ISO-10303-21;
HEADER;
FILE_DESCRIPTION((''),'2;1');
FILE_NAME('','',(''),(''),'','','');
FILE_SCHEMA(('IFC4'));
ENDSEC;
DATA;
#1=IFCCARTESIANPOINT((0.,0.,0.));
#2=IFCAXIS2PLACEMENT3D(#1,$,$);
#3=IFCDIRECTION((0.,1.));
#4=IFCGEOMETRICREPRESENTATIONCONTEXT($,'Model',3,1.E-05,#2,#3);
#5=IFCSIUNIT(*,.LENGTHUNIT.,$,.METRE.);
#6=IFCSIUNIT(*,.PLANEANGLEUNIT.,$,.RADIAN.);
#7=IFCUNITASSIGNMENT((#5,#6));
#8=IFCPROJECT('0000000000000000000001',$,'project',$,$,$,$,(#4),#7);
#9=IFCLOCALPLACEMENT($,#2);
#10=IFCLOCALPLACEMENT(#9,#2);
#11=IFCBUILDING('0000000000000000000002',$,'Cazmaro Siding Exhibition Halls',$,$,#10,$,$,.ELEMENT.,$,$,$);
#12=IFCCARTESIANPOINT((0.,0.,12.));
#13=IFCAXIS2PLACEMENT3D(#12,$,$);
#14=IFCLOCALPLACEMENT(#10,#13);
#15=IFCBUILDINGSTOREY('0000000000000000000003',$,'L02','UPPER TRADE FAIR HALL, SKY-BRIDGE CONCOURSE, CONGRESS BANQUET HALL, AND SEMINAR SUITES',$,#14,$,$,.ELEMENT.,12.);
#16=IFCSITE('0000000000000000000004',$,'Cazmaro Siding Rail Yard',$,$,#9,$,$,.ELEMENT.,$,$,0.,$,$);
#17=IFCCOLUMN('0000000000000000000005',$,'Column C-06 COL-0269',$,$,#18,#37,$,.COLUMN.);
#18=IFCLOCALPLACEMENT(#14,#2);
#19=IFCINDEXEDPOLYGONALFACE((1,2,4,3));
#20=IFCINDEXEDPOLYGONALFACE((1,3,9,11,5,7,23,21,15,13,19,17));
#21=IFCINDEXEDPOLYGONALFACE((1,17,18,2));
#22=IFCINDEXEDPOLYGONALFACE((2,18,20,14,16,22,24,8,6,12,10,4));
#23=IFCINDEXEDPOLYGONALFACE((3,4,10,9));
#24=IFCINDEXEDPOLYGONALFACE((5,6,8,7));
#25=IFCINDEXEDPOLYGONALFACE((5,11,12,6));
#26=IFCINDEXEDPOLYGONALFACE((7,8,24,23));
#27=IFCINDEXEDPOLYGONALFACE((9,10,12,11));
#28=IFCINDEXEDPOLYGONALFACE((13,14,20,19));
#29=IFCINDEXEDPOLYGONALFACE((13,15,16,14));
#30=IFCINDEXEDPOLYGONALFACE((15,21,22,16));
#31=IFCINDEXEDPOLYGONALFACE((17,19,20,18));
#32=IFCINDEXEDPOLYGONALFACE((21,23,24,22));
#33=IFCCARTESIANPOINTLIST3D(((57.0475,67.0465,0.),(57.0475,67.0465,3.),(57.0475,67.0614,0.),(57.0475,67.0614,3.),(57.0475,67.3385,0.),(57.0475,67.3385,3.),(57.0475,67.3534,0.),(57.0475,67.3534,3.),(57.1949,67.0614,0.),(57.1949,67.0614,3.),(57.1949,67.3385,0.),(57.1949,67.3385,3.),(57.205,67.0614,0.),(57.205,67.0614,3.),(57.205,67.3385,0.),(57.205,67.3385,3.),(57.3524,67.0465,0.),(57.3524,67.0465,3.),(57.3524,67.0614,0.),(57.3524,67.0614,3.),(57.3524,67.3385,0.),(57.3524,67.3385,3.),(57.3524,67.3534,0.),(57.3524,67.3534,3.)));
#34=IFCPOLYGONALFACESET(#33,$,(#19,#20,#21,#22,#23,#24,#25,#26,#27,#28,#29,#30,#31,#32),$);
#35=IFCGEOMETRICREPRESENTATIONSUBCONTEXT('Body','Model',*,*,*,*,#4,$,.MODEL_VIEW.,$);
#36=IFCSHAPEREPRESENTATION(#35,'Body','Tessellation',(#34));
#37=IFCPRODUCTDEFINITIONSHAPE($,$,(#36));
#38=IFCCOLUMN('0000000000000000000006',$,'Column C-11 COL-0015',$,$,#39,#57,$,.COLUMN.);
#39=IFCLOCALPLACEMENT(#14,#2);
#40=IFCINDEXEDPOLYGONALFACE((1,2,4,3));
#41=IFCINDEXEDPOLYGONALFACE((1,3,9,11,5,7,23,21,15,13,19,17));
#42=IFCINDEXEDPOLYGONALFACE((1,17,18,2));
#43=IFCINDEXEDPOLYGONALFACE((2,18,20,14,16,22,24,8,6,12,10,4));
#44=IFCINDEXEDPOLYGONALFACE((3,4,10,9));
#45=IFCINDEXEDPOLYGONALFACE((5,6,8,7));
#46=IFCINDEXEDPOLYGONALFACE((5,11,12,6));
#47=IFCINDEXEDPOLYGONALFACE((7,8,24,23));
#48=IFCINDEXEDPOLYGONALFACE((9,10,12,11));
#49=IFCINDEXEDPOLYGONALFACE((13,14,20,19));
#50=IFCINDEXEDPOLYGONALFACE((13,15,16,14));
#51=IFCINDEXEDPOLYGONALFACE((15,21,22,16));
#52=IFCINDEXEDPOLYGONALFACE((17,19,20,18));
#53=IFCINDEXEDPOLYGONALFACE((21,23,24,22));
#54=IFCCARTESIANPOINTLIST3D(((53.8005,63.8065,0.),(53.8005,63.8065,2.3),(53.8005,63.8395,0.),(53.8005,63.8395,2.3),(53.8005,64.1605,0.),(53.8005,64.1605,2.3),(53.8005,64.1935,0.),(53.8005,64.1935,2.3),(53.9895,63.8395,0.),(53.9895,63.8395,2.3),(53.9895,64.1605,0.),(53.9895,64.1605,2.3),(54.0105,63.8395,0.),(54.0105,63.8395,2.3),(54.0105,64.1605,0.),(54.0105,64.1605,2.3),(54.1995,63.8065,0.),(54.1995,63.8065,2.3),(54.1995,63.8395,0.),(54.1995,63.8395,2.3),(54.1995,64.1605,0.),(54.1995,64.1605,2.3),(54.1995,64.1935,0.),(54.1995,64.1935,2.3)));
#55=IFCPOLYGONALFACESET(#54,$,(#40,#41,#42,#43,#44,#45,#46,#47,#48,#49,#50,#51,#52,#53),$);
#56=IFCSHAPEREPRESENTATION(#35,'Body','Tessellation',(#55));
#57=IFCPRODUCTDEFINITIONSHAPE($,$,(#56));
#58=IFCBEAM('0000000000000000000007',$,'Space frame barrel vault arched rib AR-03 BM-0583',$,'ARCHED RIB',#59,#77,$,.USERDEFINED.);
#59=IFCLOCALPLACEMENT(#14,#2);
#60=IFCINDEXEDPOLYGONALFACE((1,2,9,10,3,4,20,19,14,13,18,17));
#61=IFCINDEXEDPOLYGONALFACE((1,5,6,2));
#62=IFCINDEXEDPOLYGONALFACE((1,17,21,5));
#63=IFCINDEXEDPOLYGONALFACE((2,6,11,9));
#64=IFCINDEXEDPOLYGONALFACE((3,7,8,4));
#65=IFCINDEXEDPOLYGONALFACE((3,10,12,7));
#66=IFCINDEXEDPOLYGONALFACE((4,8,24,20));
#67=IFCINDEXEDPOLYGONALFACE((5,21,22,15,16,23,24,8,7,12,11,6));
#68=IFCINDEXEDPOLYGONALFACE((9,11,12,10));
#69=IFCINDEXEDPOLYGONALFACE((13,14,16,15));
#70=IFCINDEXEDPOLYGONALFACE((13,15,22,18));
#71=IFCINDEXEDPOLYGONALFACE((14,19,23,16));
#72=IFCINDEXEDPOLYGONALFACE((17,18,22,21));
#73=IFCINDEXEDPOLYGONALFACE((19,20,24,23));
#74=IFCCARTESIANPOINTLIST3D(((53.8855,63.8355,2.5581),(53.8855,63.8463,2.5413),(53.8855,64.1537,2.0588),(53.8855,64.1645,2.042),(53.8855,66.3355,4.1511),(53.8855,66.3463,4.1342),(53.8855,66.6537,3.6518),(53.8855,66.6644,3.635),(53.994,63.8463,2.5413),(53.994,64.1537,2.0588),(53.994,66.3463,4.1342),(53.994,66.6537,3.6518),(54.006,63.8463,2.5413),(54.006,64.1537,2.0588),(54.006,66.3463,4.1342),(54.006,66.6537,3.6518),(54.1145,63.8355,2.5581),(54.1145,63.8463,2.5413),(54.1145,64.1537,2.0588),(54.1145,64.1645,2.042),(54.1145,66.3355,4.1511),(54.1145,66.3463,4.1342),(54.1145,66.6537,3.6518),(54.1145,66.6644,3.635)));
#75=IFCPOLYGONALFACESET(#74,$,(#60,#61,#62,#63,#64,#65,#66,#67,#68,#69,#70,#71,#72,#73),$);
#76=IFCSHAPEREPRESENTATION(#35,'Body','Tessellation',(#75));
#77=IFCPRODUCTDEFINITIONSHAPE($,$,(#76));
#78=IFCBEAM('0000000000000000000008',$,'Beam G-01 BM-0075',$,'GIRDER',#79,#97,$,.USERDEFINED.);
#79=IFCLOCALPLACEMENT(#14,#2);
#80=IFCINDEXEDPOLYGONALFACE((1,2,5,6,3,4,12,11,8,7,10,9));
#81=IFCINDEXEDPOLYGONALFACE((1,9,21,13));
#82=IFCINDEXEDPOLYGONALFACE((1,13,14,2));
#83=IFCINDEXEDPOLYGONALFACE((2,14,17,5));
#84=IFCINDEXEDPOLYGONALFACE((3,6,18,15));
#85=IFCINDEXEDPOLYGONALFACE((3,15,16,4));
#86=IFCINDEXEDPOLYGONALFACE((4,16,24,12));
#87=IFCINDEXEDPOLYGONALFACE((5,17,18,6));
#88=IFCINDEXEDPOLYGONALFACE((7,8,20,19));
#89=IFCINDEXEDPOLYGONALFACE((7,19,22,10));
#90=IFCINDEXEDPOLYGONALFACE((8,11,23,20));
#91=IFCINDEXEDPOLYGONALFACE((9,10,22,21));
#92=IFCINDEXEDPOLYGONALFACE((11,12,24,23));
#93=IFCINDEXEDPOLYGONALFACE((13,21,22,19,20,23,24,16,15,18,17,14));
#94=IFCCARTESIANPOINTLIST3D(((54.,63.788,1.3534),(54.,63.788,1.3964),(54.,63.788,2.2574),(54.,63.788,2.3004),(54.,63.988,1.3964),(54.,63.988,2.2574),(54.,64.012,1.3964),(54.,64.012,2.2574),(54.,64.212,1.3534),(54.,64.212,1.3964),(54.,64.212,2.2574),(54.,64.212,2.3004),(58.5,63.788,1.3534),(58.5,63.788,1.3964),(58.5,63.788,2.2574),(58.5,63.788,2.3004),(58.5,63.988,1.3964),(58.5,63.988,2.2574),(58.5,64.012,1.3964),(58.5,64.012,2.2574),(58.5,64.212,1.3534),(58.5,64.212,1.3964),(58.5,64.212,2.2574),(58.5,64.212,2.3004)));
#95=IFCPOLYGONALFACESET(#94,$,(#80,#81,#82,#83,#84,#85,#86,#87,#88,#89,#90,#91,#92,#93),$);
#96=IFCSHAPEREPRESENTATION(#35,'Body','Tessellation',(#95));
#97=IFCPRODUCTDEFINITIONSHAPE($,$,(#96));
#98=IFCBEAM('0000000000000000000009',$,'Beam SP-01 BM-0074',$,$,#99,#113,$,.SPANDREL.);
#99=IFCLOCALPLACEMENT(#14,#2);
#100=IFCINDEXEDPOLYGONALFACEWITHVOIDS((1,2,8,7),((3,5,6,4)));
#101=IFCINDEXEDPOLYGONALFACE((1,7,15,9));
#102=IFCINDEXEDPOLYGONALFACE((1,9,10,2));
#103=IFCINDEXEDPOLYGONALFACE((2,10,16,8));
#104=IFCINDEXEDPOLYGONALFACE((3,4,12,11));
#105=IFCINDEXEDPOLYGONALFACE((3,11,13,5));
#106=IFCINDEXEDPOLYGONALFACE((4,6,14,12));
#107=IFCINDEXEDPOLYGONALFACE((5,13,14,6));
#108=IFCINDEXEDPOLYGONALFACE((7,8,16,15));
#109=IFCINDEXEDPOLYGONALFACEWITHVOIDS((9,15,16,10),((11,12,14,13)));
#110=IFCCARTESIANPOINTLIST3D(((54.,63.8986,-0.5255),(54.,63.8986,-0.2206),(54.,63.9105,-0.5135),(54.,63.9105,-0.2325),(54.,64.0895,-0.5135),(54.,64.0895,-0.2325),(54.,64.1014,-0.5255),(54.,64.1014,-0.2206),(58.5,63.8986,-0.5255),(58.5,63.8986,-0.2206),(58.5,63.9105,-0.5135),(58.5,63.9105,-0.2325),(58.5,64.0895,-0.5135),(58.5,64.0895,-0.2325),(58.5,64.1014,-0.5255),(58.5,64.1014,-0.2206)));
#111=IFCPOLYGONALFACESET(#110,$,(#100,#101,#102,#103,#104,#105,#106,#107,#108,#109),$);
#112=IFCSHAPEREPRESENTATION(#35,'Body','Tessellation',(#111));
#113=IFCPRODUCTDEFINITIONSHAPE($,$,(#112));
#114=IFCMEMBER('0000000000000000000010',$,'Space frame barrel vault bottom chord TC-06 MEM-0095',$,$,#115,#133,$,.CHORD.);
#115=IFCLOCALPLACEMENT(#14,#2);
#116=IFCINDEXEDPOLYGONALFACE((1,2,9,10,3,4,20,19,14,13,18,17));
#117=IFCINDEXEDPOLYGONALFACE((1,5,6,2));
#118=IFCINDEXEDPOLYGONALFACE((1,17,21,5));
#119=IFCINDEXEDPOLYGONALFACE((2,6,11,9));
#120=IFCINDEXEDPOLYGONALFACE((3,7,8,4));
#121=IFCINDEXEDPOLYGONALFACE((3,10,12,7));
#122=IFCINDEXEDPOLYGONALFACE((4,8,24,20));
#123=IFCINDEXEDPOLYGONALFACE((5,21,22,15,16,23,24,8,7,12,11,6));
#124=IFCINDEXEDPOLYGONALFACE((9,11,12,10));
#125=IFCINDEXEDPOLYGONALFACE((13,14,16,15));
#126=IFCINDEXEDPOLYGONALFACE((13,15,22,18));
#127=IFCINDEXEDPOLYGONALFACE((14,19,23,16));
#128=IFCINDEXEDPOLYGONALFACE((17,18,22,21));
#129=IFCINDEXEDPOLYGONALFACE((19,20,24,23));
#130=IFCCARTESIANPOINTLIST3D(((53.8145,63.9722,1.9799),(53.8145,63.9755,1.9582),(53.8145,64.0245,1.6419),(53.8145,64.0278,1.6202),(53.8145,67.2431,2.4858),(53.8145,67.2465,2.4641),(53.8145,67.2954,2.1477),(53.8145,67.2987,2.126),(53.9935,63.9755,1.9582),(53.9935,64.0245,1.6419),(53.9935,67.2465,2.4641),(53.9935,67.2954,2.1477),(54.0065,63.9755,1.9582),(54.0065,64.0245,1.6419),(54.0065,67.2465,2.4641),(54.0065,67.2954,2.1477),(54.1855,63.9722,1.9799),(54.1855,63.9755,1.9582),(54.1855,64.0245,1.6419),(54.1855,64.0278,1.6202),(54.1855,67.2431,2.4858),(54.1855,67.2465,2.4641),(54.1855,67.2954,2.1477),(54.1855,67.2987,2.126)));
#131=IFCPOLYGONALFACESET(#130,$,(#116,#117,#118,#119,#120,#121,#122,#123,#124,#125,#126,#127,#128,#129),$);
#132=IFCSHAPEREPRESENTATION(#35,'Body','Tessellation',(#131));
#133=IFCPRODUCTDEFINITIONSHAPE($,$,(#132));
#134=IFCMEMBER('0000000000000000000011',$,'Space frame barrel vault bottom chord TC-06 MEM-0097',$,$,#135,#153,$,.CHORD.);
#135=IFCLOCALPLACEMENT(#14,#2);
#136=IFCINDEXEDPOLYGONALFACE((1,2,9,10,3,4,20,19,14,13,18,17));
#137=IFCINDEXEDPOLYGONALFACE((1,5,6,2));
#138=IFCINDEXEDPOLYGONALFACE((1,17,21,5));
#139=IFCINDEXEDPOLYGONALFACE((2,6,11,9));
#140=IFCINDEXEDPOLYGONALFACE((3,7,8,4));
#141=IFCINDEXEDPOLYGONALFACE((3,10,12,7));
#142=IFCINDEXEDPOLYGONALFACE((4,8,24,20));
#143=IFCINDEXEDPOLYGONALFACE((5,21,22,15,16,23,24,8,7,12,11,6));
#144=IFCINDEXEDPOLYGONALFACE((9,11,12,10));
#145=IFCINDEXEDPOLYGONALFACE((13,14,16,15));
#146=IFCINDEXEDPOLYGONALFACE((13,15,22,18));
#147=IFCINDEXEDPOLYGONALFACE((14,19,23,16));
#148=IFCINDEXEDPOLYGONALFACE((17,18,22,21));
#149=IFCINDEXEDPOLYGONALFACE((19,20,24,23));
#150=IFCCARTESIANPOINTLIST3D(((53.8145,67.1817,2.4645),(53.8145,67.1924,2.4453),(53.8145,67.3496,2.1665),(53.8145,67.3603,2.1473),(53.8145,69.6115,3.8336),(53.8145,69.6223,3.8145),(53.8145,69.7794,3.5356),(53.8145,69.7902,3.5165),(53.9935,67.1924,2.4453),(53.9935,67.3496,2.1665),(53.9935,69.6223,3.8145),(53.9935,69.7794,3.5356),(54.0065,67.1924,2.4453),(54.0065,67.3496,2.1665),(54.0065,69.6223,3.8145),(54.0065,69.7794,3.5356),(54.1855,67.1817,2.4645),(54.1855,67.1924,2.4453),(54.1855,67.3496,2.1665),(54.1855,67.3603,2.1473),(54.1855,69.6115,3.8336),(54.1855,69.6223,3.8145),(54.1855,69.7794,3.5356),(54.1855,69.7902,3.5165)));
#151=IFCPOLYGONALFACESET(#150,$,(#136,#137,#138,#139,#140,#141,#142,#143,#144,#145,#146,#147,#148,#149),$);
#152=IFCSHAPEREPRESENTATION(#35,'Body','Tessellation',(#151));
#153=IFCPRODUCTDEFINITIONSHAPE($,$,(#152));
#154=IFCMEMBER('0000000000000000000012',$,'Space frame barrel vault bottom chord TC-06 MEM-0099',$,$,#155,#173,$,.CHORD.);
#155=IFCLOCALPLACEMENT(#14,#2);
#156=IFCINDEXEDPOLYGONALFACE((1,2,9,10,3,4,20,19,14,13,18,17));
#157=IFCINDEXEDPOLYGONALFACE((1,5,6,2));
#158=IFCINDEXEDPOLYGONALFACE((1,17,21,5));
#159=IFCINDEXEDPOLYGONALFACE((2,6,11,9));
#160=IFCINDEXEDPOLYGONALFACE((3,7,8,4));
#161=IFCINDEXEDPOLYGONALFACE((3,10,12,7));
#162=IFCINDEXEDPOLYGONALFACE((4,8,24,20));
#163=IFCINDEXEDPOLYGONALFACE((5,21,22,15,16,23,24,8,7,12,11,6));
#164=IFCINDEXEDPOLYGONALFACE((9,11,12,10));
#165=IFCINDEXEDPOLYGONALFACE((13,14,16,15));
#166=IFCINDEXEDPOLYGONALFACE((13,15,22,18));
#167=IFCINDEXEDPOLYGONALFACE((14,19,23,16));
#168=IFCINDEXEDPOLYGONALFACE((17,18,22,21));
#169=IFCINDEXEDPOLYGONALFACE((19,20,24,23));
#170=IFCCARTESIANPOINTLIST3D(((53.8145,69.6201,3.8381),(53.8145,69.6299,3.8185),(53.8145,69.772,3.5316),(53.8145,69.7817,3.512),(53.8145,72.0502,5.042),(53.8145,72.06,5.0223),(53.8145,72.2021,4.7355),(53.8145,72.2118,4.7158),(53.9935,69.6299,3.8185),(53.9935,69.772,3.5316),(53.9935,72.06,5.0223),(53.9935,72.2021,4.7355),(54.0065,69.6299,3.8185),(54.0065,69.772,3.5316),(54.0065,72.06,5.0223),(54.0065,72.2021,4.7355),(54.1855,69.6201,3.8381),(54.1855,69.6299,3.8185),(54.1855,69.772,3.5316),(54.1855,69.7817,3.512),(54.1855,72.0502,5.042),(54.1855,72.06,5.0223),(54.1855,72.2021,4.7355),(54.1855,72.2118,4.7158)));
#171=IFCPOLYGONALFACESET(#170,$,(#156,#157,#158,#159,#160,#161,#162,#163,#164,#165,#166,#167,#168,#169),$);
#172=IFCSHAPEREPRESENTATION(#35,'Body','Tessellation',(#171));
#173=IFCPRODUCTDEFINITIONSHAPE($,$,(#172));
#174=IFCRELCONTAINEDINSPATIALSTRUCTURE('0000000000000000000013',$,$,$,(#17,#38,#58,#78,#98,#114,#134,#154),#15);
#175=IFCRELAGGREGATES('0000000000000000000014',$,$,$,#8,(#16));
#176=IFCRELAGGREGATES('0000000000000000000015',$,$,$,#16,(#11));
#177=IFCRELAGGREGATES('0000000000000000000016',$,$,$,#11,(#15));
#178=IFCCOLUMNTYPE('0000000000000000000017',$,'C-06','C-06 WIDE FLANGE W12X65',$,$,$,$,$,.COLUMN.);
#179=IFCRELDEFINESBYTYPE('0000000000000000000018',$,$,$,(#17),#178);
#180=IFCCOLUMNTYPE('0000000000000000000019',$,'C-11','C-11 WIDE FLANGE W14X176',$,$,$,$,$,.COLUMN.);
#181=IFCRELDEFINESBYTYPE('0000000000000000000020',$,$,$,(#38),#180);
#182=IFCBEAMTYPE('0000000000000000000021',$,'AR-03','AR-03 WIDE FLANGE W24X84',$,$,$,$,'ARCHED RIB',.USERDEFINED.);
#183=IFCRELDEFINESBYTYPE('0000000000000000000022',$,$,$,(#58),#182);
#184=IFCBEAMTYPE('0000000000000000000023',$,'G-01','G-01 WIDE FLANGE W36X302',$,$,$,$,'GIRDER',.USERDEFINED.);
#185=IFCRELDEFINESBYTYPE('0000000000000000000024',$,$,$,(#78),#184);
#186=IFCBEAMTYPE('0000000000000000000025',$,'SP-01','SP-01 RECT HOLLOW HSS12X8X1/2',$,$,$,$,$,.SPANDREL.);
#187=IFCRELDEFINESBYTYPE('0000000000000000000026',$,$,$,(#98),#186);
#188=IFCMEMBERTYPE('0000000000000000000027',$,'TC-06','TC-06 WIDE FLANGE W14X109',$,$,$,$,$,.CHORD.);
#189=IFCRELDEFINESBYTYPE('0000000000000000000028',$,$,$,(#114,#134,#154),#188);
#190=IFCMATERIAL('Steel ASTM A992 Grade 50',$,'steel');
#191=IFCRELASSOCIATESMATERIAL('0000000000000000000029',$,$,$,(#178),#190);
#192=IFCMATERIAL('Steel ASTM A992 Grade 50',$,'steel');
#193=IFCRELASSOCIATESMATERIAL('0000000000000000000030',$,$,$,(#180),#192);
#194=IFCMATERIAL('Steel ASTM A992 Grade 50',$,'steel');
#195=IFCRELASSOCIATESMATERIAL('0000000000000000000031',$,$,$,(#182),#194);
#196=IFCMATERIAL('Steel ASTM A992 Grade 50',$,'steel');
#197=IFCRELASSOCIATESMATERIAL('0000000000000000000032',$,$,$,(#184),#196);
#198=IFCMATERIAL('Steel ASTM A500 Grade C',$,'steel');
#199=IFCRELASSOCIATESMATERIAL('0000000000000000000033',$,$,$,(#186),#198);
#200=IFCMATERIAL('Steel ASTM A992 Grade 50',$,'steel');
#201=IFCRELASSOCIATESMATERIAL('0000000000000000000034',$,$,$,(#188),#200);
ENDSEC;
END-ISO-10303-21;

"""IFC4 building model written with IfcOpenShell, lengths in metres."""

from ifc_helpers import new_model, si_unit, direction, frame, origin, origin_2d, place, context, subcontext, project, spatial, hollow_rectangle, i_section, extrude, material, material_profile, profile_set, type_object, element, save


model = new_model("IFC4")

# Units and contexts
model_context = context("Model", 3, precision=1e-05, world=origin(), true_north=direction((0.0, 1.0)))
body_context = subcontext(model_context, "Body", "Model", "MODEL_VIEW")
ifc_project = project(units=[si_unit("LENGTHUNIT", "METRE"), si_unit("PLANEANGLEUNIT", "RADIAN")], contexts=[model_context])

# Site, building, storey
site_placement = place(None, origin())
site = spatial("IfcSite", under=ifc_project, at=site_placement, Name="Cazmaro Siding Rail Yard", CompositionType="ELEMENT", RefElevation=0.0)
building_placement = place(site_placement, origin())
building = spatial("IfcBuilding", under=site, at=building_placement, Name="Cazmaro Siding Exhibition Halls", CompositionType="ELEMENT")
storey_placement = place(building_placement, frame((0.0, 0.0, 12.0)))
storey = spatial("IfcBuildingStorey", under=building, at=storey_placement, Name="L02", Description="UPPER TRADE FAIR HALL, SKY-BRIDGE CONCOURSE, CONGRESS BANQUET HALL, AND SEMINAR SUITES", CompositionType="ELEMENT", Elevation=12.0)

# Columns
ifc_material_1 = material(Name="Steel ASTM A992 Grade 50", Category="steel")
ifc_material_profile_1 = material_profile(ifc_material_1, i_section(OverallWidth=0.3049, OverallDepth=0.3069, WebThickness=0.01, FlangeThickness=0.0149, at=origin_2d()), Name="W12X65")
ifc_profile_set_1 = profile_set([ifc_material_profile_1], Name="Steel ASTM A992 Grade 50")
column_type_1 = type_object("IfcColumnType", Name="C-06", Description="C-06 WIDE FLANGE W12X65", PredefinedType="COLUMN", material=ifc_profile_set_1)
column_1_placement = place(storey_placement, frame((57.2, 67.2, 0.0), z_axis=(0.0, 0.0, 1.0), x_axis=(1.0, 0.0, 0.0)))
element("IfcColumn", 1, at=column_1_placement, inside=storey, type_object=column_type_1, Name="Column C-06 COL-0269", PredefinedType="COLUMN", context=body_context, shape_type="SweptSolid", body=[
    extrude(i_section(OverallWidth=0.3049, OverallDepth=0.3069, WebThickness=0.01, FlangeThickness=0.0149, at=origin_2d()), origin(), (0.0, 0.0, 1.0), 3.0),
])
ifc_material_2 = material(Name="Steel ASTM A992 Grade 50", Category="steel")
ifc_material_profile_2 = material_profile(ifc_material_2, i_section(OverallWidth=0.3989, OverallDepth=0.387, WebThickness=0.021, FlangeThickness=0.033, at=origin_2d()), Name="W14X176")
ifc_profile_set_2 = profile_set([ifc_material_profile_2], Name="Steel ASTM A992 Grade 50")
column_type_2 = type_object("IfcColumnType", Name="C-11", Description="C-11 WIDE FLANGE W14X176", PredefinedType="COLUMN", material=ifc_profile_set_2)
column_2_placement = place(storey_placement, frame((54.0, 64.0, 0.0), z_axis=(0.0, 0.0, 1.0), x_axis=(1.0, 0.0, 0.0)))
element("IfcColumn", 2, at=column_2_placement, inside=storey, type_object=column_type_2, Name="Column C-11 COL-0015", PredefinedType="COLUMN", context=body_context, shape_type="SweptSolid", body=[
    extrude(i_section(OverallWidth=0.3989, OverallDepth=0.387, WebThickness=0.021, FlangeThickness=0.033, at=origin_2d()), origin(), (0.0, 0.0, 1.0), 2.3),
])

# Beams
ifc_material_3 = material(Name="Steel ASTM A992 Grade 50", Category="steel")
ifc_material_profile_3 = material_profile(ifc_material_3, i_section(OverallWidth=0.229, OverallDepth=0.6121, WebThickness=0.012, FlangeThickness=0.02, at=origin_2d()), Name="W24X84")
ifc_profile_set_3 = profile_set([ifc_material_profile_3], Name="Steel ASTM A992 Grade 50")
beam_type_1 = type_object("IfcBeamType", Name="AR-03", Description="AR-03 WIDE FLANGE W24X84", ElementType="ARCHED RIB", PredefinedType="USERDEFINED", material=ifc_profile_set_3)
beam_1_placement = place(storey_placement, frame((54.0, 64.0, 2.3), z_axis=(0.0, 0.843339, 0.537382), x_axis=(-1.0, 0.0, 0.0)))
element("IfcBeam", 3, at=beam_1_placement, inside=storey, type_object=beam_type_1, Name="Space frame barrel vault arched rib AR-03 BM-0583", ObjectType="ARCHED RIB", PredefinedType="USERDEFINED", context=body_context, shape_type="SweptSolid", body=[
    extrude(i_section(OverallWidth=0.229, OverallDepth=0.6121, WebThickness=0.012, FlangeThickness=0.02, at=origin_2d()), origin(), (0.0, 0.0, 1.0), 2.9644),
])
ifc_material_4 = material(Name="Steel ASTM A992 Grade 50", Category="steel")
ifc_material_profile_4 = material_profile(ifc_material_4, i_section(OverallWidth=0.4241, OverallDepth=0.947, WebThickness=0.0239, FlangeThickness=0.043, at=origin_2d()), Name="W36X302")
ifc_profile_set_4 = profile_set([ifc_material_profile_4], Name="Steel ASTM A992 Grade 50")
beam_type_2 = type_object("IfcBeamType", Name="G-01", Description="G-01 WIDE FLANGE W36X302", ElementType="GIRDER", PredefinedType="USERDEFINED", material=ifc_profile_set_4)
beam_2_placement = place(storey_placement, frame((54.0, 64.0, 1.8269), z_axis=(1.0, 0.0, 0.0), x_axis=(0.0, 1.0, 0.0)))
element("IfcBeam", 4, at=beam_2_placement, inside=storey, type_object=beam_type_2, Name="Beam G-01 BM-0075", ObjectType="GIRDER", PredefinedType="USERDEFINED", context=body_context, shape_type="SweptSolid", body=[
    extrude(i_section(OverallWidth=0.4241, OverallDepth=0.947, WebThickness=0.0239, FlangeThickness=0.043, at=origin_2d()), origin(), (0.0, 0.0, 1.0), 4.5),
])
ifc_material_5 = material(Name="Steel ASTM A500 Grade C", Category="steel")
ifc_material_profile_5 = material_profile(ifc_material_5, hollow_rectangle(XDim=0.2029, YDim=0.3049, WallThickness=0.012, at=origin_2d()), Name="HSS12X8X1/2")
ifc_profile_set_5 = profile_set([ifc_material_profile_5], Name="Steel ASTM A500 Grade C")
beam_type_3 = type_object("IfcBeamType", Name="SP-01", Description="SP-01 RECT HOLLOW HSS12X8X1/2", PredefinedType="SPANDREL", material=ifc_profile_set_5)
beam_3_placement = place(storey_placement, frame((54.0, 64.0, -0.373), z_axis=(1.0, 0.0, 0.0), x_axis=(0.0, 1.0, 0.0)))
element("IfcBeam", 5, at=beam_3_placement, inside=storey, type_object=beam_type_3, Name="Beam SP-01 BM-0074", PredefinedType="SPANDREL", context=body_context, shape_type="SweptSolid", body=[
    extrude(hollow_rectangle(XDim=0.2029, YDim=0.3049, WallThickness=0.012, at=origin_2d()), origin(), (0.0, 0.0, 1.0), 4.5),
])

# Members
ifc_material_6 = material(Name="Steel ASTM A992 Grade 50", Category="steel")
ifc_material_profile_6 = material_profile(ifc_material_6, i_section(OverallWidth=0.3711, OverallDepth=0.364, WebThickness=0.0129, FlangeThickness=0.022, at=origin_2d()), Name="W14X109")
ifc_profile_set_6 = profile_set([ifc_material_profile_6], Name="Steel ASTM A992 Grade 50")
member_type_1 = type_object("IfcMemberType", Name="TC-06", Description="TC-06 WIDE FLANGE W14X109", PredefinedType="CHORD", material=ifc_profile_set_6)
member_1_placement = place(storey_placement, frame((54.0, 64.0, 1.8), z_axis=(0.0, 0.988252, 0.152833), x_axis=(-1.0, 0.0, 0.0)))
element("IfcMember", 6, at=member_1_placement, inside=storey, type_object=member_type_1, Name="Space frame barrel vault bottom chord TC-06 MEM-0095", PredefinedType="CHORD", context=body_context, shape_type="SweptSolid", body=[
    extrude(i_section(OverallWidth=0.3711, OverallDepth=0.364, WebThickness=0.0129, FlangeThickness=0.022, at=origin_2d()), origin(), (0.0, 0.0, 1.0), 3.3098),
])
member_2_placement = place(storey_placement, frame((54.0, 67.271, 2.3059), z_axis=(0.0, 0.871222, 0.490889), x_axis=(-1.0, 0.0, 0.0)))
element("IfcMember", 7, at=member_2_placement, inside=storey, type_object=member_type_1, Name="Space frame barrel vault bottom chord TC-06 MEM-0097", PredefinedType="CHORD", context=body_context, shape_type="SweptSolid", body=[
    extrude(i_section(OverallWidth=0.3711, OverallDepth=0.364, WebThickness=0.0129, FlangeThickness=0.022, at=origin_2d()), origin(), (0.0, 0.0, 1.0), 2.7891),
])
member_3_placement = place(storey_placement, frame((54.0, 69.7009, 3.675), z_axis=(0.0, 0.896077, 0.443898), x_axis=(-1.0, 0.0, 0.0)))
element("IfcMember", 8, at=member_3_placement, inside=storey, type_object=member_type_1, Name="Space frame barrel vault bottom chord TC-06 MEM-0099", PredefinedType="CHORD", context=body_context, shape_type="SweptSolid", body=[
    extrude(i_section(OverallWidth=0.3711, OverallDepth=0.364, WebThickness=0.0129, FlangeThickness=0.022, at=origin_2d()), origin(), (0.0, 0.0, 1.0), 2.7119),
])

save(model, "model.ifc")
